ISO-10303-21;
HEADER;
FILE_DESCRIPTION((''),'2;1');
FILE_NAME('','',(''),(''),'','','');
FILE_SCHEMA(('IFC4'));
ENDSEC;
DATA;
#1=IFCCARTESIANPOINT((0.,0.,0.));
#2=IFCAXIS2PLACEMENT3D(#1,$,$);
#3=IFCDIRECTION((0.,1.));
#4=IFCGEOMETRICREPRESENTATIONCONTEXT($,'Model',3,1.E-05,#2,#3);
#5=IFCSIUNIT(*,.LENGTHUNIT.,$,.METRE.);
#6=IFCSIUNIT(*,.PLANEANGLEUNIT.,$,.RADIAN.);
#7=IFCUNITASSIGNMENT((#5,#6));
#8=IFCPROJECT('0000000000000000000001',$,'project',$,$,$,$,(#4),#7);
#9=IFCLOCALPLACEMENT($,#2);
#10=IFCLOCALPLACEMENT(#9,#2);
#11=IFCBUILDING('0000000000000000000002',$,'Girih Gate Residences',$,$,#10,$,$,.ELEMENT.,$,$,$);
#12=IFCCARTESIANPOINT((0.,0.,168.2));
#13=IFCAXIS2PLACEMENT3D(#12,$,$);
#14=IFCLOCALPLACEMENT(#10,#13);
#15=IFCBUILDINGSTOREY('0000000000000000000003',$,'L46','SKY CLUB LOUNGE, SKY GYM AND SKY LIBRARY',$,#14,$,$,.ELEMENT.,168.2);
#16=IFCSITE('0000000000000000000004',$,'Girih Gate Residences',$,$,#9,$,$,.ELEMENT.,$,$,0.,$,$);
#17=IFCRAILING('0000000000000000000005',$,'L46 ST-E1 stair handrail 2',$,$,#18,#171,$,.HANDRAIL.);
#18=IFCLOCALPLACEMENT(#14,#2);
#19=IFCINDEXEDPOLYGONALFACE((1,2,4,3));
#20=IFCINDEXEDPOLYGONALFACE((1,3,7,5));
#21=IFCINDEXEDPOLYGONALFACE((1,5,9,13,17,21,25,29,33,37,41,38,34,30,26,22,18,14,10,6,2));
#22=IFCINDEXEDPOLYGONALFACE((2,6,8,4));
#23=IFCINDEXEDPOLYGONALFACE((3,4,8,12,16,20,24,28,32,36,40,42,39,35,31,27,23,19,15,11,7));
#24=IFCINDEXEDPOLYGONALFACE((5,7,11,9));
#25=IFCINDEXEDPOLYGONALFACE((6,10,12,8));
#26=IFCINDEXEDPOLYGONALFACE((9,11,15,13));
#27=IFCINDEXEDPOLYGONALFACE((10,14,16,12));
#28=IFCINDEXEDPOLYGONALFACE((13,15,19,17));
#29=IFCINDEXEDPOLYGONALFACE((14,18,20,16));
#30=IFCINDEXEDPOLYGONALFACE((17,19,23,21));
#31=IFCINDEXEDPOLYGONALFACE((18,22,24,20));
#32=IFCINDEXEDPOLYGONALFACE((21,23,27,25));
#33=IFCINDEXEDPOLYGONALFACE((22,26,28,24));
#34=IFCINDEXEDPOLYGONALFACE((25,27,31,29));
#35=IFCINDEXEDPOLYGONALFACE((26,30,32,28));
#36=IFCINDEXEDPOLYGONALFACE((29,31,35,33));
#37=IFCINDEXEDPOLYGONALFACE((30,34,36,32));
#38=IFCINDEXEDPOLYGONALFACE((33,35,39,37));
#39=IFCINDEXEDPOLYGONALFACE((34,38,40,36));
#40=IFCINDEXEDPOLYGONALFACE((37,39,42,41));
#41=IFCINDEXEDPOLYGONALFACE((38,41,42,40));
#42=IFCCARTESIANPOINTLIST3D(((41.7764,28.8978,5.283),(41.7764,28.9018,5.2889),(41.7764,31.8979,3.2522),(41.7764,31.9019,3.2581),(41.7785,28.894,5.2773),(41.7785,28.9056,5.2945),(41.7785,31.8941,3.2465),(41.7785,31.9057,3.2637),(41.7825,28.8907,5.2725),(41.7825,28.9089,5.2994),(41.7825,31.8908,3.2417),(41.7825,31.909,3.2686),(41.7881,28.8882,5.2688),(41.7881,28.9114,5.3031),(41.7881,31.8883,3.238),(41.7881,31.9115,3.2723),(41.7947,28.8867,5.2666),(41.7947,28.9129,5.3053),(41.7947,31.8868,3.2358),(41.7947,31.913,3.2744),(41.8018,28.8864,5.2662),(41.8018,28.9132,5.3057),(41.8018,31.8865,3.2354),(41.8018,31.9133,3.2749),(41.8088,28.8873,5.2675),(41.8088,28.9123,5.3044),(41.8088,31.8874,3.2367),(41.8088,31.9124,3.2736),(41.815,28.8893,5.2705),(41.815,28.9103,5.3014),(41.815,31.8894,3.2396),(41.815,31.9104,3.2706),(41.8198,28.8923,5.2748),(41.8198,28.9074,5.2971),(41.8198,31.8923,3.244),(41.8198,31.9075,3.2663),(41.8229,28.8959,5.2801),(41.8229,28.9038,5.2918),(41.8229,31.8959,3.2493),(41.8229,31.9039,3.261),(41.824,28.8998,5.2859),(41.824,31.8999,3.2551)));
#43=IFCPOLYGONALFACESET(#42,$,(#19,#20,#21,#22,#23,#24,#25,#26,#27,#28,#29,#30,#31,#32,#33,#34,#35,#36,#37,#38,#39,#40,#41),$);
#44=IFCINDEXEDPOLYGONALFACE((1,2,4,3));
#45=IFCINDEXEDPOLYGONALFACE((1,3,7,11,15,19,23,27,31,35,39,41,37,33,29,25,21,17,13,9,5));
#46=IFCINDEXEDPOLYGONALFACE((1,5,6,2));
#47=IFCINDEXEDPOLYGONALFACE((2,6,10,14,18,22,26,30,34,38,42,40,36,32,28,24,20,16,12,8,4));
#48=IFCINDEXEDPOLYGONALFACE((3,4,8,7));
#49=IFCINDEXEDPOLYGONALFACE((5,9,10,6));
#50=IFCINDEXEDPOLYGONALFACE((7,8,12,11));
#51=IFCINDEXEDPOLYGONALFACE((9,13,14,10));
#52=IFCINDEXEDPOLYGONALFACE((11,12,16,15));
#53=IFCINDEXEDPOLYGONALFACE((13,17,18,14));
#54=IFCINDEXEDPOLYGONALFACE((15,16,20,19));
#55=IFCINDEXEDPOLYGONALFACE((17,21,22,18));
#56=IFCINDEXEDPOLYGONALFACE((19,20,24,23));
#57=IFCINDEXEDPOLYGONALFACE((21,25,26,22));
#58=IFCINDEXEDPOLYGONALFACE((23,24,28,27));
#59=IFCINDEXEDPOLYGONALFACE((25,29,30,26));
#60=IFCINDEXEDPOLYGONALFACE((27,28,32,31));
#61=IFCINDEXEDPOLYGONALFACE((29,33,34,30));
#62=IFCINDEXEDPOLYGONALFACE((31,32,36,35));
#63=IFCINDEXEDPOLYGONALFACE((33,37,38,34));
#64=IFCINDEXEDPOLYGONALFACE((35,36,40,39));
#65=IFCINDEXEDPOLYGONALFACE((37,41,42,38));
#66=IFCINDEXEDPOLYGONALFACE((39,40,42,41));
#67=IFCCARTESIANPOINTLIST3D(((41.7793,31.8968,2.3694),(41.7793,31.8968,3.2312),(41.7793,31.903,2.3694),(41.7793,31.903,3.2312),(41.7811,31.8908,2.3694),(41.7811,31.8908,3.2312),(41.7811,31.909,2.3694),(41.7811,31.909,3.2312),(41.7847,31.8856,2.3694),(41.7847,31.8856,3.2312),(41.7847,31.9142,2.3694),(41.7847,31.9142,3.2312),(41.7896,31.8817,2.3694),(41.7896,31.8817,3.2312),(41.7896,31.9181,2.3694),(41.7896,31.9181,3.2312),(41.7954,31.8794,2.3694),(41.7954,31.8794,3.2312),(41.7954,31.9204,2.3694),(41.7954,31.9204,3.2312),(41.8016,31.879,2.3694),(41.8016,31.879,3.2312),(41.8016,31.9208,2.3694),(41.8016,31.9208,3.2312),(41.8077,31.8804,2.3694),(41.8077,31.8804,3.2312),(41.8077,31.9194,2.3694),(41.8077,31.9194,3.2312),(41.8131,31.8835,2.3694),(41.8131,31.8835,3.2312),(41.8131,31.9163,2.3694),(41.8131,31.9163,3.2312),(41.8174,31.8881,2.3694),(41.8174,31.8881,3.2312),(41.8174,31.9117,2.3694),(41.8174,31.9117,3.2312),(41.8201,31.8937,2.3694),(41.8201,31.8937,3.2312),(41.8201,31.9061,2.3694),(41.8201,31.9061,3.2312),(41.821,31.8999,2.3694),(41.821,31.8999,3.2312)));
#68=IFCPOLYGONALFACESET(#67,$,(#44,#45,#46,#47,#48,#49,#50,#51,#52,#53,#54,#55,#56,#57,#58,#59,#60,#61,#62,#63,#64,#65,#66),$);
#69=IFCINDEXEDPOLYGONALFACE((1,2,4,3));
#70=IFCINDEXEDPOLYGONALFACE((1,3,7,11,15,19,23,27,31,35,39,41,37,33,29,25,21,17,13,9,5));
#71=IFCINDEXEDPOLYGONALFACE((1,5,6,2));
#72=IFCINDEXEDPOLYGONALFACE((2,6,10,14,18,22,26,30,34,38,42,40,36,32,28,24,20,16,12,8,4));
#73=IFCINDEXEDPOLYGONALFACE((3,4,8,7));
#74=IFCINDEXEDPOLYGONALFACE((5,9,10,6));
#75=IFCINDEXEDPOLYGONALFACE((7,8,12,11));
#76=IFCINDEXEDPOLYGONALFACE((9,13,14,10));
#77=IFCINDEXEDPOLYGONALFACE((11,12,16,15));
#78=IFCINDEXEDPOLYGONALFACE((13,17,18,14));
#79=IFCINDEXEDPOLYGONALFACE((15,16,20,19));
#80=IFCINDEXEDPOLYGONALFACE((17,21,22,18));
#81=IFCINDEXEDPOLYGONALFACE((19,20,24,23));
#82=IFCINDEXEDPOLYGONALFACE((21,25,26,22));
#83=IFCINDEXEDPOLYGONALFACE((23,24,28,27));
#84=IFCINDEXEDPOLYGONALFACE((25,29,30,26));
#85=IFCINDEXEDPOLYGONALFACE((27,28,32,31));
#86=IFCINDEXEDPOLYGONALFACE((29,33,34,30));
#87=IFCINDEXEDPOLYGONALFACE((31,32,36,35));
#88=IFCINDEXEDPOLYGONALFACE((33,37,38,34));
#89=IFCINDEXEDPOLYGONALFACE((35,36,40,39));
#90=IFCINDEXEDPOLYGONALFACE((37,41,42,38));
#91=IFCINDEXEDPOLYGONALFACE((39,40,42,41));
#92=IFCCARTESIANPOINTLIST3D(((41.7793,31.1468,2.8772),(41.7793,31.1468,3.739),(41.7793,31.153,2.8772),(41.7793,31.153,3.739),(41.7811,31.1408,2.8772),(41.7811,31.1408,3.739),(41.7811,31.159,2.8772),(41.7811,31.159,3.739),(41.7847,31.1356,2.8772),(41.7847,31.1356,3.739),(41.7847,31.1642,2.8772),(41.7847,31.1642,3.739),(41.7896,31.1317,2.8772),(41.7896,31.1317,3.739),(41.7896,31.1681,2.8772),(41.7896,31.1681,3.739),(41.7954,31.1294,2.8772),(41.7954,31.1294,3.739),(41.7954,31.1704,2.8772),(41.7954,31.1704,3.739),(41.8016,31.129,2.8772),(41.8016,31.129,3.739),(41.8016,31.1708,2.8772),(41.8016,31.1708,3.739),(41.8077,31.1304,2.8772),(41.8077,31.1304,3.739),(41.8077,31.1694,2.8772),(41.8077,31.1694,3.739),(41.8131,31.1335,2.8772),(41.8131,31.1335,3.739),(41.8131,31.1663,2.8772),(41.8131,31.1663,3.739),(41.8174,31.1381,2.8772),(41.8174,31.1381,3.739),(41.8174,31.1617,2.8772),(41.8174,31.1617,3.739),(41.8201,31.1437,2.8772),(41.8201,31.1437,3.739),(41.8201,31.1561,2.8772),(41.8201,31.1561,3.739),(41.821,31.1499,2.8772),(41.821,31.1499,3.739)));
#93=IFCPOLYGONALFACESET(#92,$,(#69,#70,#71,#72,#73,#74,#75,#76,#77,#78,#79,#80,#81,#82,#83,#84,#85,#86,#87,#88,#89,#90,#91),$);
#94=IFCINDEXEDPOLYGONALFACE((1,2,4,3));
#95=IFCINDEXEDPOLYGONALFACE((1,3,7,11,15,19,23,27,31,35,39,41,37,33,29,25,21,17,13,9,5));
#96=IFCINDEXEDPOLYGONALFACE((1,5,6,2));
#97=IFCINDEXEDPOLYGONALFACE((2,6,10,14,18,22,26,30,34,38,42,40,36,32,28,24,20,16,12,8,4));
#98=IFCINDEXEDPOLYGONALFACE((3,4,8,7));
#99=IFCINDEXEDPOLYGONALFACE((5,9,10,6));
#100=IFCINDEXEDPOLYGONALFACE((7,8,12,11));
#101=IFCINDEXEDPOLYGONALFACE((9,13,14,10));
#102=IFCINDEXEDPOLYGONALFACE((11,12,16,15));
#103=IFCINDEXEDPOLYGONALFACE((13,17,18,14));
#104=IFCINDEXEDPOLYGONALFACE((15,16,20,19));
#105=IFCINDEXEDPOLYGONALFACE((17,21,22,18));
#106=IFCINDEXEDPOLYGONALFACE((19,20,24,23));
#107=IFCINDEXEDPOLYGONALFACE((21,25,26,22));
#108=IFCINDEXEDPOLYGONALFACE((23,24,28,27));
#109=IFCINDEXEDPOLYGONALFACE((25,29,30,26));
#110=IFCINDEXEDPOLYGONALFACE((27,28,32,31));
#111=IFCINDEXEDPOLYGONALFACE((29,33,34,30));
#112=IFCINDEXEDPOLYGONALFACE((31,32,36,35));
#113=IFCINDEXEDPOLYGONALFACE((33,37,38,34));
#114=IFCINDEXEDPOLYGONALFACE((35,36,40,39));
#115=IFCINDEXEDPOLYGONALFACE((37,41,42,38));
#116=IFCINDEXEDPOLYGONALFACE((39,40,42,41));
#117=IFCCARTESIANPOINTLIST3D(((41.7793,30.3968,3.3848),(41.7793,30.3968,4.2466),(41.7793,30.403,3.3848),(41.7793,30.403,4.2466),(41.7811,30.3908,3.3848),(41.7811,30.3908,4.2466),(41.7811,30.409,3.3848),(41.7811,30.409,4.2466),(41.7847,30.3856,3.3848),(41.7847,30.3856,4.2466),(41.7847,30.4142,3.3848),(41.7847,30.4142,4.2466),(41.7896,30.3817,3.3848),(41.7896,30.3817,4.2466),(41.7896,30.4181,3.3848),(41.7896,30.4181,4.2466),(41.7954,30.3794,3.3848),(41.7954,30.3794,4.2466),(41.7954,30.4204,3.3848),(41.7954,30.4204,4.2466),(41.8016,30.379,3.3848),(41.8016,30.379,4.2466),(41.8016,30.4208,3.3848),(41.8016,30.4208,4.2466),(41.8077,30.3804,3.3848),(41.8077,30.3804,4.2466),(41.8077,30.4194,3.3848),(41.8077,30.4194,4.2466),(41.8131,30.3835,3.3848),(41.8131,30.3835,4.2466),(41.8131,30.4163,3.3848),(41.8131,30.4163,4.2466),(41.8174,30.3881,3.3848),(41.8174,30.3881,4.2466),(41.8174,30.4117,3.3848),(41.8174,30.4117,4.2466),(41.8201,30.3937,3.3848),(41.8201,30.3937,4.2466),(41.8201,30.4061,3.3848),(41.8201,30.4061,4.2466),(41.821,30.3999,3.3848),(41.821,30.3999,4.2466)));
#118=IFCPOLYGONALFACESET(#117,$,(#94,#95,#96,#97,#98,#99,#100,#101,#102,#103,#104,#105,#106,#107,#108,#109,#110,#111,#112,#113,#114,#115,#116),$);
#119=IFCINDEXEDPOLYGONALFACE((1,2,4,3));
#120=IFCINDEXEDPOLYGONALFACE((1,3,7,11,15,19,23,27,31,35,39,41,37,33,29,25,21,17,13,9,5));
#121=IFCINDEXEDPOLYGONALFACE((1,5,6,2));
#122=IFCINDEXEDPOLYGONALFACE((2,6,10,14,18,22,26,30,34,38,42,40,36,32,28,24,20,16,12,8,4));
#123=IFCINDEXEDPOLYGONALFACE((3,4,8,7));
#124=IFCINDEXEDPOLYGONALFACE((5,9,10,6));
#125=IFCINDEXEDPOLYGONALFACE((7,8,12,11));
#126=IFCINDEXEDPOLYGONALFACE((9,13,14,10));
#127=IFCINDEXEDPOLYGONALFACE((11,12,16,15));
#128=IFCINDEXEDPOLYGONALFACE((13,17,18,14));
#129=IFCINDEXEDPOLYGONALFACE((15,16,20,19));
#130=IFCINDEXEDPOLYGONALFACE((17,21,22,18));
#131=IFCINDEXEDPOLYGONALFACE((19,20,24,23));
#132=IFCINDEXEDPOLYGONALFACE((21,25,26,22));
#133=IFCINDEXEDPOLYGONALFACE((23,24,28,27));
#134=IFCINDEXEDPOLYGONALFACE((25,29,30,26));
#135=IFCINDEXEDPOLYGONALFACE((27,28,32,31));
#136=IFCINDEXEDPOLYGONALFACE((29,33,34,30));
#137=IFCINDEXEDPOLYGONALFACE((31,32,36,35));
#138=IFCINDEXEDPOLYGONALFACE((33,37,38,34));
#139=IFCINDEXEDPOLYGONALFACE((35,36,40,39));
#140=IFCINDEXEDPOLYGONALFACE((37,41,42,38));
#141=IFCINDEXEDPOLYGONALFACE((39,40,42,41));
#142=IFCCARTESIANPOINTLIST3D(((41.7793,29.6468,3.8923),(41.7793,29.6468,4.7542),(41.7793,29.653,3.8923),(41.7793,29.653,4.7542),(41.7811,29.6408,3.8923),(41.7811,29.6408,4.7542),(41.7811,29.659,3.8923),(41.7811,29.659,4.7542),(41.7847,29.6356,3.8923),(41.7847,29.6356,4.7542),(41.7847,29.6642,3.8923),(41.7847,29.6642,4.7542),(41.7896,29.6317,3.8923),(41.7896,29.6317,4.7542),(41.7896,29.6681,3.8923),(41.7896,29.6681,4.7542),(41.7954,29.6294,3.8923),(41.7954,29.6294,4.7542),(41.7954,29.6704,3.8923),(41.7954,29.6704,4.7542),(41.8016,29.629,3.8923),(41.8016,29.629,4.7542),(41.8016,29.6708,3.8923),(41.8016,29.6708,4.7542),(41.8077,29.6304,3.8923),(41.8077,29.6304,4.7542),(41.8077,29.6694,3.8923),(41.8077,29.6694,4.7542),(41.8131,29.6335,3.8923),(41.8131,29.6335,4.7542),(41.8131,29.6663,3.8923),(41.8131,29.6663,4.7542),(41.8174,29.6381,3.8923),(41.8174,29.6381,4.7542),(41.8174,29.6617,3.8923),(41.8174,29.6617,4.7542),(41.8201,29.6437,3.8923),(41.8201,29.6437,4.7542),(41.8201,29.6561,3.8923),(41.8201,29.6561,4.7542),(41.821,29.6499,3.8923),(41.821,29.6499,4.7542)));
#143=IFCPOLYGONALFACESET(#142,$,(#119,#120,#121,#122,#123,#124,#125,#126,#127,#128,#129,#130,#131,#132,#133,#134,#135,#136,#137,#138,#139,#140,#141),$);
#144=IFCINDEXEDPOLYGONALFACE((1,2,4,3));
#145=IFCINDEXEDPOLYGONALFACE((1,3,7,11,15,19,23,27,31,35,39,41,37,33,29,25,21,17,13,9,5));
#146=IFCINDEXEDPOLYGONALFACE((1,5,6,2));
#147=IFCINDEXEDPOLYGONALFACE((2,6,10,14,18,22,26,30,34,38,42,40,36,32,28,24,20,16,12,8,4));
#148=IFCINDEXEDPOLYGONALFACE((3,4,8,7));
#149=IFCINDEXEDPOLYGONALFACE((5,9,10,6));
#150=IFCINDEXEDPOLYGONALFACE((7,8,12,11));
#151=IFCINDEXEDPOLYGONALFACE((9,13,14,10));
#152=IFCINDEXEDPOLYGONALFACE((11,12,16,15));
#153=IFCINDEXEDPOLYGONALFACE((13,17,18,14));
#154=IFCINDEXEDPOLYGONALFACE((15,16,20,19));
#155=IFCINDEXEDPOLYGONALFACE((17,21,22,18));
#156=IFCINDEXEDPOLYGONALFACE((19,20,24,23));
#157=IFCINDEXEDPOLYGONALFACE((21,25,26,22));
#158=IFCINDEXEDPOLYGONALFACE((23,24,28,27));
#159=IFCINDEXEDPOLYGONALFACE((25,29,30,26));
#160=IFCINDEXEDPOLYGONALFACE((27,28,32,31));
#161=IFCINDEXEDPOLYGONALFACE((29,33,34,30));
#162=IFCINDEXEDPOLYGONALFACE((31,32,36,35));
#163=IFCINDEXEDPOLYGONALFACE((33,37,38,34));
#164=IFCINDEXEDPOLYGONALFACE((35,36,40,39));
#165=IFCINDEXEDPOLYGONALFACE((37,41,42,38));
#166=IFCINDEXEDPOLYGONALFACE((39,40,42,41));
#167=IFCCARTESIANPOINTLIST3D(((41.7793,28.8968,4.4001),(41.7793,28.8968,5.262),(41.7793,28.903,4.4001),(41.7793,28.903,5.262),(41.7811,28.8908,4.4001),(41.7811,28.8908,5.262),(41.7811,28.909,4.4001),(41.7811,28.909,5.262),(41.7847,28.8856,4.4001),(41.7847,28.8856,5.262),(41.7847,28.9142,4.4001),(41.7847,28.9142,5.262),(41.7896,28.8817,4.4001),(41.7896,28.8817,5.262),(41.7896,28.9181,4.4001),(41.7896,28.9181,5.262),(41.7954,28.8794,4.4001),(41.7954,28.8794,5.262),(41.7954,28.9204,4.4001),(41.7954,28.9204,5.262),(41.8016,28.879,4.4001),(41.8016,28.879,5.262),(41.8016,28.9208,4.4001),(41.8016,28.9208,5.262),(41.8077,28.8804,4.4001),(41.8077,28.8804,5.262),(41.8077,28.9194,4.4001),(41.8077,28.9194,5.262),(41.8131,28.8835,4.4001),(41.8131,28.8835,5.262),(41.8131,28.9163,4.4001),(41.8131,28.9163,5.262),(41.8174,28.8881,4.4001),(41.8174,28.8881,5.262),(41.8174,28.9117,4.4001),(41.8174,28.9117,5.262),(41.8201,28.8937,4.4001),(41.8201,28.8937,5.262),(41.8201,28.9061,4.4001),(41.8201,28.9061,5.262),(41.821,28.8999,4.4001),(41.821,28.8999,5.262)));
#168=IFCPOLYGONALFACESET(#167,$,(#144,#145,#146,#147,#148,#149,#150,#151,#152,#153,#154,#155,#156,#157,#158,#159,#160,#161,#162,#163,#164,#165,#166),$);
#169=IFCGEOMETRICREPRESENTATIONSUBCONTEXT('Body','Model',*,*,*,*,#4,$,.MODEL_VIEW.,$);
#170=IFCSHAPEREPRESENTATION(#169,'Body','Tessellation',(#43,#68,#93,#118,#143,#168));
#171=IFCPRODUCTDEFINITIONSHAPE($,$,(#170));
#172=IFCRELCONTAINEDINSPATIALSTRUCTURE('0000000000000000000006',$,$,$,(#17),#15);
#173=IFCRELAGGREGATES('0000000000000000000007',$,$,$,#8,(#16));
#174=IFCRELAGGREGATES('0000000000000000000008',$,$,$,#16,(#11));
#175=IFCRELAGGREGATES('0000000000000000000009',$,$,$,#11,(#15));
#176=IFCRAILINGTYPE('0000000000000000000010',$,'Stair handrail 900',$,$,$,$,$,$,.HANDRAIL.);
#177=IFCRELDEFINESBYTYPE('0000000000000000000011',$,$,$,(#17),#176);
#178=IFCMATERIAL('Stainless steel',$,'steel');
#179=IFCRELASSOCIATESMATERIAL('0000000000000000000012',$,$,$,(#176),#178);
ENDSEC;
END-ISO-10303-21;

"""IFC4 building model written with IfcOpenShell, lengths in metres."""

from ifc_helpers import new_model, si_unit, direction, frame, origin, origin_2d, place, context, subcontext, project, spatial, circle, extrude, material, type_object, element, save


model = new_model("IFC4")

# Units and contexts
model_context = context("Model", 3, precision=1e-05, world=origin(), true_north=direction((0.0, 1.0)))
body_context = subcontext(model_context, "Body", "Model", "MODEL_VIEW")
ifc_project = project(units=[si_unit("LENGTHUNIT", "METRE"), si_unit("PLANEANGLEUNIT", "RADIAN")], contexts=[model_context])

# Site, building, storey
site_placement = place(None, origin())
site = spatial("IfcSite", under=ifc_project, at=site_placement, Name="Girih Gate Residences", CompositionType="ELEMENT", RefElevation=0.0)
building_placement = place(site_placement, origin())
building = spatial("IfcBuilding", under=site, at=building_placement, Name="Girih Gate Residences", CompositionType="ELEMENT")
storey_placement = place(building_placement, frame((0.0, 0.0, 168.2)))
storey = spatial("IfcBuildingStorey", under=building, at=storey_placement, Name="L46", Description="SKY CLUB LOUNGE, SKY GYM AND SKY LIBRARY", CompositionType="ELEMENT", Elevation=168.2)

# Railing
ifc_material_1 = material(Name="Stainless steel", Category="steel")
railing_type_1 = type_object("IfcRailingType", Name="Stair handrail 900", PredefinedType="HANDRAIL", material=ifc_material_1)
railing_1_placement = place(storey_placement, frame((41.8, 31.8999, 2.3694)))
element("IfcRailing", 1, at=railing_1_placement, inside=storey, type_object=railing_type_1, Name="L46 ST-E1 stair handrail 2", PredefinedType="HANDRAIL", context=body_context, shape_type="SweptSolid", body=[
    extrude(circle(Radius=0.0239, at=origin_2d()), frame((0.0, 0.0, 0.8857), z_axis=(0.0, -0.82811, 0.560565), x_axis=(1.0, 0.0, 0.0)), (0.0, 0.0, 1.0), 3.6228),
    extrude(circle(Radius=0.021, at=origin_2d()), origin(), (0.0, 0.0, 1.0), 0.8618),
    extrude(circle(Radius=0.021, at=origin_2d()), frame((0.0, -0.75, 0.5078)), (0.0, 0.0, 1.0), 0.8618),
    extrude(circle(Radius=0.021, at=origin_2d()), frame((0.0, -1.5, 1.0154)), (0.0, 0.0, 1.0), 0.8618),
    extrude(circle(Radius=0.021, at=origin_2d()), frame((0.0, -2.25, 1.5229)), (0.0, 0.0, 1.0), 0.8618),
    extrude(circle(Radius=0.021, at=origin_2d()), frame((0.0, -3.0, 2.0308)), (0.0, 0.0, 1.0), 0.8618),
])

save(model, "model.ifc")
